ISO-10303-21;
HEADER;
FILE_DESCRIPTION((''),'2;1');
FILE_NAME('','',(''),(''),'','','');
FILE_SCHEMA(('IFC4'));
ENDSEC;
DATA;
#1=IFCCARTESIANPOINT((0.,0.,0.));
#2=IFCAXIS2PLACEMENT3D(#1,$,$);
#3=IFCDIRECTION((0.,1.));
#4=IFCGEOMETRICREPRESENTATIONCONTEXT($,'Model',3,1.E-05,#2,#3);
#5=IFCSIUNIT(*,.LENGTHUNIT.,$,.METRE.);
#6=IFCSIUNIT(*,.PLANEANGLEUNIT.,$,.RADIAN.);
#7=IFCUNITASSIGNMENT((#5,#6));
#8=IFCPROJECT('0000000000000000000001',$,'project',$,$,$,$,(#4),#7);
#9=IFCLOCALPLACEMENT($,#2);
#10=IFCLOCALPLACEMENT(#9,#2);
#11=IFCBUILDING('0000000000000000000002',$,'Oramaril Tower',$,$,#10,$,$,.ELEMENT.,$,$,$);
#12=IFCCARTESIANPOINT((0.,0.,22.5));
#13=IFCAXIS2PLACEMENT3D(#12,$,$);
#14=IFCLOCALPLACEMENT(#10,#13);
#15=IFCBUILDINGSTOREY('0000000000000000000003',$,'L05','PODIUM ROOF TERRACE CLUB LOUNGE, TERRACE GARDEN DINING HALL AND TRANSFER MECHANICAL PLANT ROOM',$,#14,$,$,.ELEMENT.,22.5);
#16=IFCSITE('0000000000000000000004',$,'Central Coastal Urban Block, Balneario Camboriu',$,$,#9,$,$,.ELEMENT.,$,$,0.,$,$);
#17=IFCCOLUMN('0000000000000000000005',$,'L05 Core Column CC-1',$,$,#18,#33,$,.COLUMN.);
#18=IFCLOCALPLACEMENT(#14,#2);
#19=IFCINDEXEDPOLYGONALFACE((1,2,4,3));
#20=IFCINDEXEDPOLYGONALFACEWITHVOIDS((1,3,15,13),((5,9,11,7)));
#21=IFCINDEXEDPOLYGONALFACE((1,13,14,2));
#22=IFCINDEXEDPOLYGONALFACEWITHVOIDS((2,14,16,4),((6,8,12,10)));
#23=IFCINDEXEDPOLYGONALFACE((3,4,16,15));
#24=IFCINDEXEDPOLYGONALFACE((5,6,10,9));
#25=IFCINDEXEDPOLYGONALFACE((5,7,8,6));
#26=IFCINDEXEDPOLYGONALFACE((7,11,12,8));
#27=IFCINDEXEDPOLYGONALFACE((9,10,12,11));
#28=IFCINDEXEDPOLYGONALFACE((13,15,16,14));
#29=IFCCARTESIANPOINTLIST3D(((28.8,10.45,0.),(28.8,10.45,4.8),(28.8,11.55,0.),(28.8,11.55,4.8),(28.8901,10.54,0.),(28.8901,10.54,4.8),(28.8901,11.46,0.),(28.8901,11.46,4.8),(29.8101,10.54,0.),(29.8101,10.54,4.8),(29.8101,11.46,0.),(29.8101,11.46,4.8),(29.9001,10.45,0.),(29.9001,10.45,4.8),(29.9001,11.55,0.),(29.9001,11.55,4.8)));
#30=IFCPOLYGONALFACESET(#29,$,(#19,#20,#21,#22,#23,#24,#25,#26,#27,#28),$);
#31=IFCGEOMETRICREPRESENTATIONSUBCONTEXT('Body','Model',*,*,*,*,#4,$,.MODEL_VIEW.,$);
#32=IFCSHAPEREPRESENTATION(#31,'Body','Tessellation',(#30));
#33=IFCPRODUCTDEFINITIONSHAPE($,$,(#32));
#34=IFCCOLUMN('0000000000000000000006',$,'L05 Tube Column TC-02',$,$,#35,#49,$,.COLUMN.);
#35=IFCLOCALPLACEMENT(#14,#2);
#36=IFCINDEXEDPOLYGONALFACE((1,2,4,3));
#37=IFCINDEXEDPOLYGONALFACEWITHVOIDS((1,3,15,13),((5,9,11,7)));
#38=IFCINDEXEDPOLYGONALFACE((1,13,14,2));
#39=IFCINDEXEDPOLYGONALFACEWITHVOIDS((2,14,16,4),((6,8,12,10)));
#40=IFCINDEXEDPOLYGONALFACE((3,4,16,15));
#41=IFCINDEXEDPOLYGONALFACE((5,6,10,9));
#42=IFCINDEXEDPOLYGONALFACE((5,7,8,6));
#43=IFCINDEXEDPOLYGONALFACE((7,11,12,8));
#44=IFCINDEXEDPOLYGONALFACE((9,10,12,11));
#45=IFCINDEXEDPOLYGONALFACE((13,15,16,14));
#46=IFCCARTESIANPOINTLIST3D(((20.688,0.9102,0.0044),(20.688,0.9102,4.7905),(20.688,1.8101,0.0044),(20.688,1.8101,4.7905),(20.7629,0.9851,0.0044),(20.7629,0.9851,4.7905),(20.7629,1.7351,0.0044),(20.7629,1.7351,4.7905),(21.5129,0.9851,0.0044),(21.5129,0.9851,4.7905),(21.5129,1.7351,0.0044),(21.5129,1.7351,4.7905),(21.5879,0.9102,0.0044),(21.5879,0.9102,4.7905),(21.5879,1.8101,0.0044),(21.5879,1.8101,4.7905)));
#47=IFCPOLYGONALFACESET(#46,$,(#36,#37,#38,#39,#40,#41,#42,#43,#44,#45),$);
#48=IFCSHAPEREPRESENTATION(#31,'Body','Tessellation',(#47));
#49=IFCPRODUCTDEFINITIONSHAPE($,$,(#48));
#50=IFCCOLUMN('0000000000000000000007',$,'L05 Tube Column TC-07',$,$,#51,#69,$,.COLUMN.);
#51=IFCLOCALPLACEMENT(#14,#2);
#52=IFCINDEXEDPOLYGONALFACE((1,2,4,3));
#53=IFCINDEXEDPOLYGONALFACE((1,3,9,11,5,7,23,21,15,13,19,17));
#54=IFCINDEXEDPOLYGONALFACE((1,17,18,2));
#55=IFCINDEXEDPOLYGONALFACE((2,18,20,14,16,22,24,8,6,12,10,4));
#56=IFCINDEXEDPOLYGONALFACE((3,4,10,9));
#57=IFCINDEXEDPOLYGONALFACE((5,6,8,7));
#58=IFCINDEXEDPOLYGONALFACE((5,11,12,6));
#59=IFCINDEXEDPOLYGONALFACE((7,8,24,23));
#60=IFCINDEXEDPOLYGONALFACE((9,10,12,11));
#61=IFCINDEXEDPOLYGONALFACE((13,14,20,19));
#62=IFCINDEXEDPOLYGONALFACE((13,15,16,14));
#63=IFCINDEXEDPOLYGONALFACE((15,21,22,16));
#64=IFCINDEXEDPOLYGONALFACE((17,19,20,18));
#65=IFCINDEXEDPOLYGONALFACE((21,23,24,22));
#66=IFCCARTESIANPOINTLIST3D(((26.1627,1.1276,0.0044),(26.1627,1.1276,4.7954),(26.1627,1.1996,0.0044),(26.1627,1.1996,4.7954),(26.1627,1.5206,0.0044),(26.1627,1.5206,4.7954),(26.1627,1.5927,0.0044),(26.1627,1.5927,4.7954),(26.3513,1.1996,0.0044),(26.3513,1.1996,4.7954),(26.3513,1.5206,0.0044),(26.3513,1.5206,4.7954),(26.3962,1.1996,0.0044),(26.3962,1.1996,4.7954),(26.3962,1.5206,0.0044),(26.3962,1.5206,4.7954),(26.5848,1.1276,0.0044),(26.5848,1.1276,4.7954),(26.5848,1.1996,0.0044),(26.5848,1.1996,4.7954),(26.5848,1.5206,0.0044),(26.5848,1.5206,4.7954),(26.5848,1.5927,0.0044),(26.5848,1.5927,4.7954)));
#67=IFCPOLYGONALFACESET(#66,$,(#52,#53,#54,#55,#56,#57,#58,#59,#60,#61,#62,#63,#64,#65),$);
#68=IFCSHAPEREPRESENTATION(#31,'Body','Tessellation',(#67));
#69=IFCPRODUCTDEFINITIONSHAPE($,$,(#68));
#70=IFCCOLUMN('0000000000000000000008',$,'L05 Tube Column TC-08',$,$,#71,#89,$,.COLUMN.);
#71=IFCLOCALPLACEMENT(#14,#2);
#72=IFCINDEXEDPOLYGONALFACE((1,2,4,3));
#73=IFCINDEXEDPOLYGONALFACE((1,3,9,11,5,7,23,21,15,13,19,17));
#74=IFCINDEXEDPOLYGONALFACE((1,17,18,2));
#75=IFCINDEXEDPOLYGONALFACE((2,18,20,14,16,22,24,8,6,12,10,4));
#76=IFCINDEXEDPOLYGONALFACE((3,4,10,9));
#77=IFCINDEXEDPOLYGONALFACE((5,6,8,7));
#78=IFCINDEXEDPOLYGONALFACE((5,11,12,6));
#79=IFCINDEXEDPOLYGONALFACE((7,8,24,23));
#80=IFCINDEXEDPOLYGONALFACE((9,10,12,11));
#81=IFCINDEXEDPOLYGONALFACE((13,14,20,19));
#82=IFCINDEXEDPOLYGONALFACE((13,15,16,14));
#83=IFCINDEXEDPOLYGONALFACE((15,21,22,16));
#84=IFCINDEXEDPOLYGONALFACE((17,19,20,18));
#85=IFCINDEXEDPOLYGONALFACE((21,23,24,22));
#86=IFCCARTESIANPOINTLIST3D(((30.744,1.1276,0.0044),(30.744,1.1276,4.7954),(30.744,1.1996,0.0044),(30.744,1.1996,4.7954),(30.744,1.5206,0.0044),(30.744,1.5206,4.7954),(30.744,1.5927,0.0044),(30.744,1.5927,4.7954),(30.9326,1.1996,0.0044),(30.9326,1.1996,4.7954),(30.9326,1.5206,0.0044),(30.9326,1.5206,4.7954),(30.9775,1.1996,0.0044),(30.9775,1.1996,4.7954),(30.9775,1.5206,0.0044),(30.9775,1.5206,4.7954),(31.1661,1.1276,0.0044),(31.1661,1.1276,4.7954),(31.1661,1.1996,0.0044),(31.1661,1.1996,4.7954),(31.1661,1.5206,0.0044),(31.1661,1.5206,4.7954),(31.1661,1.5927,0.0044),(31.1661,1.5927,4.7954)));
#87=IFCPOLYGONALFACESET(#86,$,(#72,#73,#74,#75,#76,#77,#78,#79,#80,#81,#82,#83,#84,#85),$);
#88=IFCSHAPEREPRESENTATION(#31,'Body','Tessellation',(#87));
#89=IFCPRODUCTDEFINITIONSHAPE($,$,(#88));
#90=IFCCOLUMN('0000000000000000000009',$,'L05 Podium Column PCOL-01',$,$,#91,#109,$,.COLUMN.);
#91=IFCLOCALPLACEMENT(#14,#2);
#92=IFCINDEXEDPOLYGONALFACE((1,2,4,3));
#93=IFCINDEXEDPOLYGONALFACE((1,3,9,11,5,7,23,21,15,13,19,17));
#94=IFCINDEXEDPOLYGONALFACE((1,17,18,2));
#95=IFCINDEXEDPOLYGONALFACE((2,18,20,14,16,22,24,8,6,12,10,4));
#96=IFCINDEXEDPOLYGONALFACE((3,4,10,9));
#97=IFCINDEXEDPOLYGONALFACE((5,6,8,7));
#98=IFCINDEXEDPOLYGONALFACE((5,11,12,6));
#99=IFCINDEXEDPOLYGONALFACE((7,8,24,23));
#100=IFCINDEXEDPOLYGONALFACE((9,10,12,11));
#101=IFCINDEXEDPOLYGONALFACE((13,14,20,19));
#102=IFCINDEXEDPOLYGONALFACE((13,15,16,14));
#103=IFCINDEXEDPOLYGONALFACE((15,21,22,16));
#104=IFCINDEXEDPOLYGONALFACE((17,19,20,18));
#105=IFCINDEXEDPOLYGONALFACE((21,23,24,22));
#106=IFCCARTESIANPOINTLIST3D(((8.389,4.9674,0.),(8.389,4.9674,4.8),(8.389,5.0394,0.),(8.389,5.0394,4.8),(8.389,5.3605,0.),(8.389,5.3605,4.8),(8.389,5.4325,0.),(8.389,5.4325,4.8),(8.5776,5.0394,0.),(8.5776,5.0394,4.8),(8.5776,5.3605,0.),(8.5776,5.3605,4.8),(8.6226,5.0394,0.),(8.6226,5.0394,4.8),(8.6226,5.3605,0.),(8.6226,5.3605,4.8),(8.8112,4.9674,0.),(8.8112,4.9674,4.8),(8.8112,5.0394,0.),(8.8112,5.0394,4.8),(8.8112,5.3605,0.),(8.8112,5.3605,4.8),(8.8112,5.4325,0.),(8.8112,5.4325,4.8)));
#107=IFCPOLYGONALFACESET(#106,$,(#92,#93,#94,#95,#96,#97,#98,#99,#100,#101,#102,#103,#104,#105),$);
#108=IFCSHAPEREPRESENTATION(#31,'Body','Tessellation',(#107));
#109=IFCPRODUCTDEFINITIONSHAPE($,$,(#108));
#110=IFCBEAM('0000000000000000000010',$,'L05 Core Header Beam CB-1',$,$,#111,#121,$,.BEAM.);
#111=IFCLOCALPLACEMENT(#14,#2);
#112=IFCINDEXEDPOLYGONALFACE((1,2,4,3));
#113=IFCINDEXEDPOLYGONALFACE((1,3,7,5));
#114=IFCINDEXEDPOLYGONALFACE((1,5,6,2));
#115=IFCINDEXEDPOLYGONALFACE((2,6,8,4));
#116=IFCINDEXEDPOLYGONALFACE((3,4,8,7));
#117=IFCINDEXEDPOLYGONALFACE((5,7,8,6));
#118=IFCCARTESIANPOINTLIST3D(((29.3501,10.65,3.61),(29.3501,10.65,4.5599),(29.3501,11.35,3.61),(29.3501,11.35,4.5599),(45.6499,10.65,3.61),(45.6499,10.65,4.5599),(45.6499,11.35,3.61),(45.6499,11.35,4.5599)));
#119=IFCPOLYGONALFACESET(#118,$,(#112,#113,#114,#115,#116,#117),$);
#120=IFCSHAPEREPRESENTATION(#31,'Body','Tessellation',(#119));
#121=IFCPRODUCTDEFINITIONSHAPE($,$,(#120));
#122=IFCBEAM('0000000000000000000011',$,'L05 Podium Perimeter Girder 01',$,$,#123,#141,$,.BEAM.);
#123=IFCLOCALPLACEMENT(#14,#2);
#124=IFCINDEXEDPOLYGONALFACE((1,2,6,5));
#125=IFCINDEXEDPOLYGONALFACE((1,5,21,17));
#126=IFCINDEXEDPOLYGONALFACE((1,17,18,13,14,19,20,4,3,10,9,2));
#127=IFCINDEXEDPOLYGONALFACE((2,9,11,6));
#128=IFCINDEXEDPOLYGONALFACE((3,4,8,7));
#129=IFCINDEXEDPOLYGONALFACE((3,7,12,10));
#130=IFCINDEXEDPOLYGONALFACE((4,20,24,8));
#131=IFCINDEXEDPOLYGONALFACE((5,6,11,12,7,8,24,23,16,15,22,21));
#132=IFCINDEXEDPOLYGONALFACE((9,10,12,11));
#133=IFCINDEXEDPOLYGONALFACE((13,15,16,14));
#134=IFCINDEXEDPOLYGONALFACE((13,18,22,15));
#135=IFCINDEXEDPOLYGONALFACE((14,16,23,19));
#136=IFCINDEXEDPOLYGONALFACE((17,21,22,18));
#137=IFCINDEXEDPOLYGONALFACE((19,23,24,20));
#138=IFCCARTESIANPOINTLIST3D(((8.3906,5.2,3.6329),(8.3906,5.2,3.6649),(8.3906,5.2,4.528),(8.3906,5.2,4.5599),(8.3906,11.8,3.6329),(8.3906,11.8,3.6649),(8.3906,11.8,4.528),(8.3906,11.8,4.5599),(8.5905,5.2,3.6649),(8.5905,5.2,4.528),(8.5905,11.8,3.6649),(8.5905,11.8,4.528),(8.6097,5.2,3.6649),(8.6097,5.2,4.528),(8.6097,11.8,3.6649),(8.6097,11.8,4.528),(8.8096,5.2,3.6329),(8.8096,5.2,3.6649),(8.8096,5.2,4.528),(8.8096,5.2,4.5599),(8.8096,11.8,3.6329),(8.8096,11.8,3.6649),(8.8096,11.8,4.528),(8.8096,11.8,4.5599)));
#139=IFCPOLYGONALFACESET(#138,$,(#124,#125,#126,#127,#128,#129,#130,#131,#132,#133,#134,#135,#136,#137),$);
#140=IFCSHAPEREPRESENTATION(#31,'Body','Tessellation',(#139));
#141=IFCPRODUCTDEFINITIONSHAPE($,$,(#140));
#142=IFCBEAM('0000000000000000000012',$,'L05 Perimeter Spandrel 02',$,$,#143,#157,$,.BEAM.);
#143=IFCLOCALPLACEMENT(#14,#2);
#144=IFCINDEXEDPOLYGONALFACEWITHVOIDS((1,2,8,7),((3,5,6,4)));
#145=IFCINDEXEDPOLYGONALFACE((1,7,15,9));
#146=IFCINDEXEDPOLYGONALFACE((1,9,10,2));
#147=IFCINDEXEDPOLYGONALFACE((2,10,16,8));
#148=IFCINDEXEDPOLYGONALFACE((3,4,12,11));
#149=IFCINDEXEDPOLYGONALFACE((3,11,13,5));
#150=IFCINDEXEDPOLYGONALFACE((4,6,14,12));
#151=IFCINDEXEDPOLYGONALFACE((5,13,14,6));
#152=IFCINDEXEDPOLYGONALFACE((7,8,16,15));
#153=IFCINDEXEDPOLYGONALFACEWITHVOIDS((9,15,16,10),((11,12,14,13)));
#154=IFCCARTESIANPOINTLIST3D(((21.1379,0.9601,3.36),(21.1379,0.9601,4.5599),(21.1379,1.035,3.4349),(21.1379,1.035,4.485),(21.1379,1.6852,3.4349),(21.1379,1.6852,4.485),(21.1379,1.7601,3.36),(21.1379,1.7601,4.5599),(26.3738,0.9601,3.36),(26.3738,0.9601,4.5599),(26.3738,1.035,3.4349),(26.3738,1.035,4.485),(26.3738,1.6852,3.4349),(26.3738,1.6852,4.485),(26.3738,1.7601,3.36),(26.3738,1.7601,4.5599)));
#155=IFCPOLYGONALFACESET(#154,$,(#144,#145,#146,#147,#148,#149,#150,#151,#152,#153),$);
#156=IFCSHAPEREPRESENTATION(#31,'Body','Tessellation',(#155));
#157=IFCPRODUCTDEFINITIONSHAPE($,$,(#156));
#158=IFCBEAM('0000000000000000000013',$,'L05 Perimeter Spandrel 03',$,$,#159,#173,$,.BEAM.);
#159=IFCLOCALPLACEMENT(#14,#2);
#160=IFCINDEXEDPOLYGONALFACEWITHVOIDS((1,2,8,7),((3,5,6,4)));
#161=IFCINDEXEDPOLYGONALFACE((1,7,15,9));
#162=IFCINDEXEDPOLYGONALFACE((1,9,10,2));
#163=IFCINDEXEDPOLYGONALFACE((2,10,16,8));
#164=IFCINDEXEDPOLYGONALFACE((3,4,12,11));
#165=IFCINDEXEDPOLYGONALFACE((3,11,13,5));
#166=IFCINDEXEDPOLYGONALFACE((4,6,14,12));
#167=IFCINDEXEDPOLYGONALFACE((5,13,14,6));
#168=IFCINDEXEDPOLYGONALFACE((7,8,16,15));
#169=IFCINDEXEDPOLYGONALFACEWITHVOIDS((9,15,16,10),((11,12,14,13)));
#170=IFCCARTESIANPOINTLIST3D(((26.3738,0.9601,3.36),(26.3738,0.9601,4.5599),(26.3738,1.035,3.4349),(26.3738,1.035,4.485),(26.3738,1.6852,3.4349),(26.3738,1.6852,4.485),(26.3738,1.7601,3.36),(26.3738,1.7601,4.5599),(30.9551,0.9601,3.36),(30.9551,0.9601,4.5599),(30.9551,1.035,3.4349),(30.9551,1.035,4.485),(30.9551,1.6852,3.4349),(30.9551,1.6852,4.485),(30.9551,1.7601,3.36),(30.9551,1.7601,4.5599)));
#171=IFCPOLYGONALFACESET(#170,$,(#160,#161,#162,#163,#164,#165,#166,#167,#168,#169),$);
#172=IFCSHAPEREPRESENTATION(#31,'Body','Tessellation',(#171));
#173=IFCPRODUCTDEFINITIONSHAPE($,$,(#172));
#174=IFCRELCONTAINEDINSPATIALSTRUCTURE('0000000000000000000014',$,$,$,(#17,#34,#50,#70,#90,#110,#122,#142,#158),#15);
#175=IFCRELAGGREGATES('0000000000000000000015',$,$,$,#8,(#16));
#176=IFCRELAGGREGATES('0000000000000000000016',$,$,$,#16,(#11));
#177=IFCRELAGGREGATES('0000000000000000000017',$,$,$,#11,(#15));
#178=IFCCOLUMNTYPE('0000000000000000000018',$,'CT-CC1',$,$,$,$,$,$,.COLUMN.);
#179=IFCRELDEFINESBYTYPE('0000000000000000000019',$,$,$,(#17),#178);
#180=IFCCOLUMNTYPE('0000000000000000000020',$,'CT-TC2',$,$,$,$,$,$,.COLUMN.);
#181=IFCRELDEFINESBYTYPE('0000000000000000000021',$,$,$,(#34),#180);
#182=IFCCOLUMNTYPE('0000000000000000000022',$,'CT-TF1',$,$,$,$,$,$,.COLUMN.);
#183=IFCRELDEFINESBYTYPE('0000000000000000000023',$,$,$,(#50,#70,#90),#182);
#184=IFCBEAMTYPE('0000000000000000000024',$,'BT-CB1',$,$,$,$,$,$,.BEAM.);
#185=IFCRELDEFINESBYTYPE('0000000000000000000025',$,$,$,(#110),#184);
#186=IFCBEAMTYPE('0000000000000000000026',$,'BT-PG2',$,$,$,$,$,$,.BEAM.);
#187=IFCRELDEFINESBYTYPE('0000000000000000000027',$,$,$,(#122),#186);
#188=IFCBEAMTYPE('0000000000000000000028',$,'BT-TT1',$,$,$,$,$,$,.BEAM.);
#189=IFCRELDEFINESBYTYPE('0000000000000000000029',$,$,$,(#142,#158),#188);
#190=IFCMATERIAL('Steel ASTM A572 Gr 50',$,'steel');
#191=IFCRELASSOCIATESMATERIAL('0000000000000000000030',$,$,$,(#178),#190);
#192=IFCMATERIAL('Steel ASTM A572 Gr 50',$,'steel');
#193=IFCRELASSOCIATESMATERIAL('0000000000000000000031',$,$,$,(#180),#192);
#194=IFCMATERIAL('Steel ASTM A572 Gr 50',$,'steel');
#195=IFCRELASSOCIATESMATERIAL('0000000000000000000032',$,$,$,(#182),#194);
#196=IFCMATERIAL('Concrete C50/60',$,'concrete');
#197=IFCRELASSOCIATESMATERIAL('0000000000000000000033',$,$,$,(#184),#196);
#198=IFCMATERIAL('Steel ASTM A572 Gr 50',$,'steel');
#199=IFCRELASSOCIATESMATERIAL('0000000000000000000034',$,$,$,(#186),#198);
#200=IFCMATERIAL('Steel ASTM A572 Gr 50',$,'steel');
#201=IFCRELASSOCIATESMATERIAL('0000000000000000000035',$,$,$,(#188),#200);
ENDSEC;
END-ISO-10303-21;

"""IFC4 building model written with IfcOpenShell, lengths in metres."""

from ifc_helpers import new_model, si_unit, direction, frame, origin, origin_2d, place, context, subcontext, project, spatial, rectangle, hollow_rectangle, i_section, extrude, material, material_profile, profile_set, type_object, element, save


model = new_model("IFC4")

# Units and contexts
model_context = context("Model", 3, precision=1e-05, world=origin(), true_north=direction((0.0, 1.0)))
body_context = subcontext(model_context, "Body", "Model", "MODEL_VIEW")
ifc_project = project(units=[si_unit("LENGTHUNIT", "METRE"), si_unit("PLANEANGLEUNIT", "RADIAN")], contexts=[model_context])

# Site, building, storey
site_placement = place(None, origin())
site = spatial("IfcSite", under=ifc_project, at=site_placement, Name="Central Coastal Urban Block, Balneario Camboriu", CompositionType="ELEMENT", RefElevation=0.0)
building_placement = place(site_placement, origin())
building = spatial("IfcBuilding", under=site, at=building_placement, Name="Oramaril Tower", CompositionType="ELEMENT")
storey_placement = place(building_placement, frame((0.0, 0.0, 22.5)))
storey = spatial("IfcBuildingStorey", under=building, at=storey_placement, Name="L05", Description="PODIUM ROOF TERRACE CLUB LOUNGE, TERRACE GARDEN DINING HALL AND TRANSFER MECHANICAL PLANT ROOM", CompositionType="ELEMENT", Elevation=22.5)

# Columns
ifc_material_1 = material(Name="Steel ASTM A572 Gr 50", Category="steel")
ifc_material_profile_1 = material_profile(ifc_material_1, hollow_rectangle(XDim=1.1001, YDim=1.1001, WallThickness=0.0901, at=origin_2d()), Name="BOX1100X1100X90")
ifc_profile_set_1 = profile_set([ifc_material_profile_1], Name="Steel ASTM A572 Gr 50")
column_type_1 = type_object("IfcColumnType", Name="CT-CC1", PredefinedType="COLUMN", material=ifc_profile_set_1)
column_1_placement = place(storey_placement, frame((29.3501, 11.0, 0.0), z_axis=(0.0, 0.0, 1.0), x_axis=(1.0, 0.0, 0.0)))
element("IfcColumn", 1, at=column_1_placement, inside=storey, type_object=column_type_1, Name="L05 Core Column CC-1", PredefinedType="COLUMN", context=body_context, shape_type="SweptSolid", body=[
    extrude(hollow_rectangle(XDim=1.1001, YDim=1.1001, WallThickness=0.0901, at=origin_2d()), origin(), (0.0, 0.0, 1.0), 4.8),
])
ifc_material_2 = material(Name="Steel ASTM A572 Gr 50", Category="steel")
ifc_material_profile_2 = material_profile(ifc_material_2, hollow_rectangle(XDim=0.8999, YDim=0.8999, WallThickness=0.075, at=origin_2d()), Name="BOX900X900X75")
ifc_profile_set_2 = profile_set([ifc_material_profile_2], Name="Steel ASTM A572 Gr 50")
column_type_2 = type_object("IfcColumnType", Name="CT-TC2", PredefinedType="COLUMN", material=ifc_profile_set_2)
column_2_placement = place(storey_placement, frame((21.1379, 1.3601, 0.0044), z_axis=(0.0, 0.0, 1.0), x_axis=(1.0, 0.0, 0.0)))
element("IfcColumn", 2, at=column_2_placement, inside=storey, type_object=column_type_2, Name="L05 Tube Column TC-02", PredefinedType="COLUMN", context=body_context, shape_type="SweptSolid", body=[
    extrude(hollow_rectangle(XDim=0.8999, YDim=0.8999, WallThickness=0.075, at=origin_2d()), origin(), (0.0, 0.0, 1.0), 4.7861),
])
ifc_material_3 = material(Name="Steel ASTM A572 Gr 50", Category="steel")
ifc_material_profile_3 = material_profile(ifc_material_3, i_section(OverallWidth=0.4221, OverallDepth=0.4651, WebThickness=0.0449, FlangeThickness=0.072, at=origin_2d()), Name="W14X398")
ifc_profile_set_3 = profile_set([ifc_material_profile_3], Name="Steel ASTM A572 Gr 50")
column_type_3 = type_object("IfcColumnType", Name="CT-TF1", PredefinedType="COLUMN", material=ifc_profile_set_3)
for number, where, z_axis, x_axis, name in (
    (3, (26.3738, 1.3601, 0.0044), (0.0, 0.0, 1.0), (1.0, 0.0, 0.0), "L05 Tube Column TC-07"),
    (4, (30.9551, 1.3601, 0.0044), (0.0, 0.0, 1.0), (1.0, 0.0, 0.0), "L05 Tube Column TC-08"),
):
    element("IfcColumn", number, at=place(storey_placement, frame(where, z_axis=z_axis, x_axis=x_axis)), inside=storey, type_object=column_type_3, Name=name, PredefinedType="COLUMN", context=body_context, shape_type="SweptSolid", body=[
        extrude(i_section(OverallWidth=0.4221, OverallDepth=0.4651, WebThickness=0.0449, FlangeThickness=0.072, at=origin_2d()), origin(), (0.0, 0.0, 1.0), 4.791),
    ])
column_3_placement = place(storey_placement, frame((8.6001, 5.2, 0.0), z_axis=(0.0, 0.0, 1.0), x_axis=(1.0, 0.0, 0.0)))
element("IfcColumn", 5, at=column_3_placement, inside=storey, type_object=column_type_3, Name="L05 Podium Column PCOL-01", PredefinedType="COLUMN", context=body_context, shape_type="SweptSolid", body=[
    extrude(i_section(OverallWidth=0.4221, OverallDepth=0.4651, WebThickness=0.0449, FlangeThickness=0.072, at=origin_2d()), origin(), (0.0, 0.0, 1.0), 4.8),
])

# Beams
ifc_material_4 = material(Name="Concrete C50/60", Category="concrete")
ifc_material_profile_4 = material_profile(ifc_material_4, rectangle(XDim=0.7, YDim=0.95, at=origin_2d()), Name="CB700X950")
ifc_profile_set_4 = profile_set([ifc_material_profile_4], Name="Concrete C50/60")
beam_type_1 = type_object("IfcBeamType", Name="BT-CB1", PredefinedType="BEAM", material=ifc_profile_set_4)
beam_1_placement = place(storey_placement, frame((29.3501, 11.0, 4.085), z_axis=(1.0, 0.0, 0.0), x_axis=(0.0, 1.0, 0.0)))
element("IfcBeam", 6, at=beam_1_placement, inside=storey, type_object=beam_type_1, Name="L05 Core Header Beam CB-1", PredefinedType="BEAM", context=body_context, shape_type="SweptSolid", body=[
    extrude(rectangle(XDim=0.7, YDim=0.95, at=origin_2d()), origin(), (0.0, 0.0, 1.0), 16.2998),
])
ifc_material_5 = material(Name="Steel ASTM A572 Gr 50", Category="steel")
ifc_material_profile_5 = material_profile(ifc_material_5, i_section(OverallWidth=0.4189, OverallDepth=0.927, WebThickness=0.0193, FlangeThickness=0.032, at=origin_2d()), Name="W36X231")
ifc_profile_set_5 = profile_set([ifc_material_profile_5], Name="Steel ASTM A572 Gr 50")
beam_type_2 = type_object("IfcBeamType", Name="BT-PG2", PredefinedType="BEAM", material=ifc_profile_set_5)
beam_2_placement = place(storey_placement, frame((8.6001, 5.2, 4.0964), z_axis=(0.0, 1.0, 0.0), x_axis=(-1.0, 0.0, 0.0)))
element("IfcBeam", 7, at=beam_2_placement, inside=storey, type_object=beam_type_2, Name="L05 Podium Perimeter Girder 01", PredefinedType="BEAM", context=body_context, shape_type="SweptSolid", body=[
    extrude(i_section(OverallWidth=0.4189, OverallDepth=0.927, WebThickness=0.0193, FlangeThickness=0.032, at=origin_2d()), origin(), (0.0, 0.0, 1.0), 6.6001),
])
ifc_material_6 = material(Name="Steel ASTM A572 Gr 50", Category="steel")
ifc_material_profile_6 = material_profile(ifc_material_6, hollow_rectangle(XDim=0.8, YDim=1.2, WallThickness=0.075, at=origin_2d()), Name="BOX1200X800X75")
ifc_profile_set_6 = profile_set([ifc_material_profile_6], Name="Steel ASTM A572 Gr 50")
beam_type_3 = type_object("IfcBeamType", Name="BT-TT1", PredefinedType="BEAM", material=ifc_profile_set_6)
beam_3_placement = place(storey_placement, frame((21.1379, 1.3601, 3.96), z_axis=(1.0, 0.0, 0.0), x_axis=(0.0, 1.0, 0.0)))
element("IfcBeam", 8, at=beam_3_placement, inside=storey, type_object=beam_type_3, Name="L05 Perimeter Spandrel 02", PredefinedType="BEAM", context=body_context, shape_type="SweptSolid", body=[
    extrude(hollow_rectangle(XDim=0.8, YDim=1.2, WallThickness=0.075, at=origin_2d()), origin(), (0.0, 0.0, 1.0), 5.2358),
])
beam_4_placement = place(storey_placement, frame((26.3738, 1.3601, 3.96), z_axis=(1.0, 0.0, 0.0), x_axis=(0.0, 1.0, 0.0)))
element("IfcBeam", 9, at=beam_4_placement, inside=storey, type_object=beam_type_3, Name="L05 Perimeter Spandrel 03", PredefinedType="BEAM", context=body_context, shape_type="SweptSolid", body=[
    extrude(hollow_rectangle(XDim=0.8, YDim=1.2, WallThickness=0.075, at=origin_2d()), origin(), (0.0, 0.0, 1.0), 4.5813),
])

save(model, "model.ifc")
